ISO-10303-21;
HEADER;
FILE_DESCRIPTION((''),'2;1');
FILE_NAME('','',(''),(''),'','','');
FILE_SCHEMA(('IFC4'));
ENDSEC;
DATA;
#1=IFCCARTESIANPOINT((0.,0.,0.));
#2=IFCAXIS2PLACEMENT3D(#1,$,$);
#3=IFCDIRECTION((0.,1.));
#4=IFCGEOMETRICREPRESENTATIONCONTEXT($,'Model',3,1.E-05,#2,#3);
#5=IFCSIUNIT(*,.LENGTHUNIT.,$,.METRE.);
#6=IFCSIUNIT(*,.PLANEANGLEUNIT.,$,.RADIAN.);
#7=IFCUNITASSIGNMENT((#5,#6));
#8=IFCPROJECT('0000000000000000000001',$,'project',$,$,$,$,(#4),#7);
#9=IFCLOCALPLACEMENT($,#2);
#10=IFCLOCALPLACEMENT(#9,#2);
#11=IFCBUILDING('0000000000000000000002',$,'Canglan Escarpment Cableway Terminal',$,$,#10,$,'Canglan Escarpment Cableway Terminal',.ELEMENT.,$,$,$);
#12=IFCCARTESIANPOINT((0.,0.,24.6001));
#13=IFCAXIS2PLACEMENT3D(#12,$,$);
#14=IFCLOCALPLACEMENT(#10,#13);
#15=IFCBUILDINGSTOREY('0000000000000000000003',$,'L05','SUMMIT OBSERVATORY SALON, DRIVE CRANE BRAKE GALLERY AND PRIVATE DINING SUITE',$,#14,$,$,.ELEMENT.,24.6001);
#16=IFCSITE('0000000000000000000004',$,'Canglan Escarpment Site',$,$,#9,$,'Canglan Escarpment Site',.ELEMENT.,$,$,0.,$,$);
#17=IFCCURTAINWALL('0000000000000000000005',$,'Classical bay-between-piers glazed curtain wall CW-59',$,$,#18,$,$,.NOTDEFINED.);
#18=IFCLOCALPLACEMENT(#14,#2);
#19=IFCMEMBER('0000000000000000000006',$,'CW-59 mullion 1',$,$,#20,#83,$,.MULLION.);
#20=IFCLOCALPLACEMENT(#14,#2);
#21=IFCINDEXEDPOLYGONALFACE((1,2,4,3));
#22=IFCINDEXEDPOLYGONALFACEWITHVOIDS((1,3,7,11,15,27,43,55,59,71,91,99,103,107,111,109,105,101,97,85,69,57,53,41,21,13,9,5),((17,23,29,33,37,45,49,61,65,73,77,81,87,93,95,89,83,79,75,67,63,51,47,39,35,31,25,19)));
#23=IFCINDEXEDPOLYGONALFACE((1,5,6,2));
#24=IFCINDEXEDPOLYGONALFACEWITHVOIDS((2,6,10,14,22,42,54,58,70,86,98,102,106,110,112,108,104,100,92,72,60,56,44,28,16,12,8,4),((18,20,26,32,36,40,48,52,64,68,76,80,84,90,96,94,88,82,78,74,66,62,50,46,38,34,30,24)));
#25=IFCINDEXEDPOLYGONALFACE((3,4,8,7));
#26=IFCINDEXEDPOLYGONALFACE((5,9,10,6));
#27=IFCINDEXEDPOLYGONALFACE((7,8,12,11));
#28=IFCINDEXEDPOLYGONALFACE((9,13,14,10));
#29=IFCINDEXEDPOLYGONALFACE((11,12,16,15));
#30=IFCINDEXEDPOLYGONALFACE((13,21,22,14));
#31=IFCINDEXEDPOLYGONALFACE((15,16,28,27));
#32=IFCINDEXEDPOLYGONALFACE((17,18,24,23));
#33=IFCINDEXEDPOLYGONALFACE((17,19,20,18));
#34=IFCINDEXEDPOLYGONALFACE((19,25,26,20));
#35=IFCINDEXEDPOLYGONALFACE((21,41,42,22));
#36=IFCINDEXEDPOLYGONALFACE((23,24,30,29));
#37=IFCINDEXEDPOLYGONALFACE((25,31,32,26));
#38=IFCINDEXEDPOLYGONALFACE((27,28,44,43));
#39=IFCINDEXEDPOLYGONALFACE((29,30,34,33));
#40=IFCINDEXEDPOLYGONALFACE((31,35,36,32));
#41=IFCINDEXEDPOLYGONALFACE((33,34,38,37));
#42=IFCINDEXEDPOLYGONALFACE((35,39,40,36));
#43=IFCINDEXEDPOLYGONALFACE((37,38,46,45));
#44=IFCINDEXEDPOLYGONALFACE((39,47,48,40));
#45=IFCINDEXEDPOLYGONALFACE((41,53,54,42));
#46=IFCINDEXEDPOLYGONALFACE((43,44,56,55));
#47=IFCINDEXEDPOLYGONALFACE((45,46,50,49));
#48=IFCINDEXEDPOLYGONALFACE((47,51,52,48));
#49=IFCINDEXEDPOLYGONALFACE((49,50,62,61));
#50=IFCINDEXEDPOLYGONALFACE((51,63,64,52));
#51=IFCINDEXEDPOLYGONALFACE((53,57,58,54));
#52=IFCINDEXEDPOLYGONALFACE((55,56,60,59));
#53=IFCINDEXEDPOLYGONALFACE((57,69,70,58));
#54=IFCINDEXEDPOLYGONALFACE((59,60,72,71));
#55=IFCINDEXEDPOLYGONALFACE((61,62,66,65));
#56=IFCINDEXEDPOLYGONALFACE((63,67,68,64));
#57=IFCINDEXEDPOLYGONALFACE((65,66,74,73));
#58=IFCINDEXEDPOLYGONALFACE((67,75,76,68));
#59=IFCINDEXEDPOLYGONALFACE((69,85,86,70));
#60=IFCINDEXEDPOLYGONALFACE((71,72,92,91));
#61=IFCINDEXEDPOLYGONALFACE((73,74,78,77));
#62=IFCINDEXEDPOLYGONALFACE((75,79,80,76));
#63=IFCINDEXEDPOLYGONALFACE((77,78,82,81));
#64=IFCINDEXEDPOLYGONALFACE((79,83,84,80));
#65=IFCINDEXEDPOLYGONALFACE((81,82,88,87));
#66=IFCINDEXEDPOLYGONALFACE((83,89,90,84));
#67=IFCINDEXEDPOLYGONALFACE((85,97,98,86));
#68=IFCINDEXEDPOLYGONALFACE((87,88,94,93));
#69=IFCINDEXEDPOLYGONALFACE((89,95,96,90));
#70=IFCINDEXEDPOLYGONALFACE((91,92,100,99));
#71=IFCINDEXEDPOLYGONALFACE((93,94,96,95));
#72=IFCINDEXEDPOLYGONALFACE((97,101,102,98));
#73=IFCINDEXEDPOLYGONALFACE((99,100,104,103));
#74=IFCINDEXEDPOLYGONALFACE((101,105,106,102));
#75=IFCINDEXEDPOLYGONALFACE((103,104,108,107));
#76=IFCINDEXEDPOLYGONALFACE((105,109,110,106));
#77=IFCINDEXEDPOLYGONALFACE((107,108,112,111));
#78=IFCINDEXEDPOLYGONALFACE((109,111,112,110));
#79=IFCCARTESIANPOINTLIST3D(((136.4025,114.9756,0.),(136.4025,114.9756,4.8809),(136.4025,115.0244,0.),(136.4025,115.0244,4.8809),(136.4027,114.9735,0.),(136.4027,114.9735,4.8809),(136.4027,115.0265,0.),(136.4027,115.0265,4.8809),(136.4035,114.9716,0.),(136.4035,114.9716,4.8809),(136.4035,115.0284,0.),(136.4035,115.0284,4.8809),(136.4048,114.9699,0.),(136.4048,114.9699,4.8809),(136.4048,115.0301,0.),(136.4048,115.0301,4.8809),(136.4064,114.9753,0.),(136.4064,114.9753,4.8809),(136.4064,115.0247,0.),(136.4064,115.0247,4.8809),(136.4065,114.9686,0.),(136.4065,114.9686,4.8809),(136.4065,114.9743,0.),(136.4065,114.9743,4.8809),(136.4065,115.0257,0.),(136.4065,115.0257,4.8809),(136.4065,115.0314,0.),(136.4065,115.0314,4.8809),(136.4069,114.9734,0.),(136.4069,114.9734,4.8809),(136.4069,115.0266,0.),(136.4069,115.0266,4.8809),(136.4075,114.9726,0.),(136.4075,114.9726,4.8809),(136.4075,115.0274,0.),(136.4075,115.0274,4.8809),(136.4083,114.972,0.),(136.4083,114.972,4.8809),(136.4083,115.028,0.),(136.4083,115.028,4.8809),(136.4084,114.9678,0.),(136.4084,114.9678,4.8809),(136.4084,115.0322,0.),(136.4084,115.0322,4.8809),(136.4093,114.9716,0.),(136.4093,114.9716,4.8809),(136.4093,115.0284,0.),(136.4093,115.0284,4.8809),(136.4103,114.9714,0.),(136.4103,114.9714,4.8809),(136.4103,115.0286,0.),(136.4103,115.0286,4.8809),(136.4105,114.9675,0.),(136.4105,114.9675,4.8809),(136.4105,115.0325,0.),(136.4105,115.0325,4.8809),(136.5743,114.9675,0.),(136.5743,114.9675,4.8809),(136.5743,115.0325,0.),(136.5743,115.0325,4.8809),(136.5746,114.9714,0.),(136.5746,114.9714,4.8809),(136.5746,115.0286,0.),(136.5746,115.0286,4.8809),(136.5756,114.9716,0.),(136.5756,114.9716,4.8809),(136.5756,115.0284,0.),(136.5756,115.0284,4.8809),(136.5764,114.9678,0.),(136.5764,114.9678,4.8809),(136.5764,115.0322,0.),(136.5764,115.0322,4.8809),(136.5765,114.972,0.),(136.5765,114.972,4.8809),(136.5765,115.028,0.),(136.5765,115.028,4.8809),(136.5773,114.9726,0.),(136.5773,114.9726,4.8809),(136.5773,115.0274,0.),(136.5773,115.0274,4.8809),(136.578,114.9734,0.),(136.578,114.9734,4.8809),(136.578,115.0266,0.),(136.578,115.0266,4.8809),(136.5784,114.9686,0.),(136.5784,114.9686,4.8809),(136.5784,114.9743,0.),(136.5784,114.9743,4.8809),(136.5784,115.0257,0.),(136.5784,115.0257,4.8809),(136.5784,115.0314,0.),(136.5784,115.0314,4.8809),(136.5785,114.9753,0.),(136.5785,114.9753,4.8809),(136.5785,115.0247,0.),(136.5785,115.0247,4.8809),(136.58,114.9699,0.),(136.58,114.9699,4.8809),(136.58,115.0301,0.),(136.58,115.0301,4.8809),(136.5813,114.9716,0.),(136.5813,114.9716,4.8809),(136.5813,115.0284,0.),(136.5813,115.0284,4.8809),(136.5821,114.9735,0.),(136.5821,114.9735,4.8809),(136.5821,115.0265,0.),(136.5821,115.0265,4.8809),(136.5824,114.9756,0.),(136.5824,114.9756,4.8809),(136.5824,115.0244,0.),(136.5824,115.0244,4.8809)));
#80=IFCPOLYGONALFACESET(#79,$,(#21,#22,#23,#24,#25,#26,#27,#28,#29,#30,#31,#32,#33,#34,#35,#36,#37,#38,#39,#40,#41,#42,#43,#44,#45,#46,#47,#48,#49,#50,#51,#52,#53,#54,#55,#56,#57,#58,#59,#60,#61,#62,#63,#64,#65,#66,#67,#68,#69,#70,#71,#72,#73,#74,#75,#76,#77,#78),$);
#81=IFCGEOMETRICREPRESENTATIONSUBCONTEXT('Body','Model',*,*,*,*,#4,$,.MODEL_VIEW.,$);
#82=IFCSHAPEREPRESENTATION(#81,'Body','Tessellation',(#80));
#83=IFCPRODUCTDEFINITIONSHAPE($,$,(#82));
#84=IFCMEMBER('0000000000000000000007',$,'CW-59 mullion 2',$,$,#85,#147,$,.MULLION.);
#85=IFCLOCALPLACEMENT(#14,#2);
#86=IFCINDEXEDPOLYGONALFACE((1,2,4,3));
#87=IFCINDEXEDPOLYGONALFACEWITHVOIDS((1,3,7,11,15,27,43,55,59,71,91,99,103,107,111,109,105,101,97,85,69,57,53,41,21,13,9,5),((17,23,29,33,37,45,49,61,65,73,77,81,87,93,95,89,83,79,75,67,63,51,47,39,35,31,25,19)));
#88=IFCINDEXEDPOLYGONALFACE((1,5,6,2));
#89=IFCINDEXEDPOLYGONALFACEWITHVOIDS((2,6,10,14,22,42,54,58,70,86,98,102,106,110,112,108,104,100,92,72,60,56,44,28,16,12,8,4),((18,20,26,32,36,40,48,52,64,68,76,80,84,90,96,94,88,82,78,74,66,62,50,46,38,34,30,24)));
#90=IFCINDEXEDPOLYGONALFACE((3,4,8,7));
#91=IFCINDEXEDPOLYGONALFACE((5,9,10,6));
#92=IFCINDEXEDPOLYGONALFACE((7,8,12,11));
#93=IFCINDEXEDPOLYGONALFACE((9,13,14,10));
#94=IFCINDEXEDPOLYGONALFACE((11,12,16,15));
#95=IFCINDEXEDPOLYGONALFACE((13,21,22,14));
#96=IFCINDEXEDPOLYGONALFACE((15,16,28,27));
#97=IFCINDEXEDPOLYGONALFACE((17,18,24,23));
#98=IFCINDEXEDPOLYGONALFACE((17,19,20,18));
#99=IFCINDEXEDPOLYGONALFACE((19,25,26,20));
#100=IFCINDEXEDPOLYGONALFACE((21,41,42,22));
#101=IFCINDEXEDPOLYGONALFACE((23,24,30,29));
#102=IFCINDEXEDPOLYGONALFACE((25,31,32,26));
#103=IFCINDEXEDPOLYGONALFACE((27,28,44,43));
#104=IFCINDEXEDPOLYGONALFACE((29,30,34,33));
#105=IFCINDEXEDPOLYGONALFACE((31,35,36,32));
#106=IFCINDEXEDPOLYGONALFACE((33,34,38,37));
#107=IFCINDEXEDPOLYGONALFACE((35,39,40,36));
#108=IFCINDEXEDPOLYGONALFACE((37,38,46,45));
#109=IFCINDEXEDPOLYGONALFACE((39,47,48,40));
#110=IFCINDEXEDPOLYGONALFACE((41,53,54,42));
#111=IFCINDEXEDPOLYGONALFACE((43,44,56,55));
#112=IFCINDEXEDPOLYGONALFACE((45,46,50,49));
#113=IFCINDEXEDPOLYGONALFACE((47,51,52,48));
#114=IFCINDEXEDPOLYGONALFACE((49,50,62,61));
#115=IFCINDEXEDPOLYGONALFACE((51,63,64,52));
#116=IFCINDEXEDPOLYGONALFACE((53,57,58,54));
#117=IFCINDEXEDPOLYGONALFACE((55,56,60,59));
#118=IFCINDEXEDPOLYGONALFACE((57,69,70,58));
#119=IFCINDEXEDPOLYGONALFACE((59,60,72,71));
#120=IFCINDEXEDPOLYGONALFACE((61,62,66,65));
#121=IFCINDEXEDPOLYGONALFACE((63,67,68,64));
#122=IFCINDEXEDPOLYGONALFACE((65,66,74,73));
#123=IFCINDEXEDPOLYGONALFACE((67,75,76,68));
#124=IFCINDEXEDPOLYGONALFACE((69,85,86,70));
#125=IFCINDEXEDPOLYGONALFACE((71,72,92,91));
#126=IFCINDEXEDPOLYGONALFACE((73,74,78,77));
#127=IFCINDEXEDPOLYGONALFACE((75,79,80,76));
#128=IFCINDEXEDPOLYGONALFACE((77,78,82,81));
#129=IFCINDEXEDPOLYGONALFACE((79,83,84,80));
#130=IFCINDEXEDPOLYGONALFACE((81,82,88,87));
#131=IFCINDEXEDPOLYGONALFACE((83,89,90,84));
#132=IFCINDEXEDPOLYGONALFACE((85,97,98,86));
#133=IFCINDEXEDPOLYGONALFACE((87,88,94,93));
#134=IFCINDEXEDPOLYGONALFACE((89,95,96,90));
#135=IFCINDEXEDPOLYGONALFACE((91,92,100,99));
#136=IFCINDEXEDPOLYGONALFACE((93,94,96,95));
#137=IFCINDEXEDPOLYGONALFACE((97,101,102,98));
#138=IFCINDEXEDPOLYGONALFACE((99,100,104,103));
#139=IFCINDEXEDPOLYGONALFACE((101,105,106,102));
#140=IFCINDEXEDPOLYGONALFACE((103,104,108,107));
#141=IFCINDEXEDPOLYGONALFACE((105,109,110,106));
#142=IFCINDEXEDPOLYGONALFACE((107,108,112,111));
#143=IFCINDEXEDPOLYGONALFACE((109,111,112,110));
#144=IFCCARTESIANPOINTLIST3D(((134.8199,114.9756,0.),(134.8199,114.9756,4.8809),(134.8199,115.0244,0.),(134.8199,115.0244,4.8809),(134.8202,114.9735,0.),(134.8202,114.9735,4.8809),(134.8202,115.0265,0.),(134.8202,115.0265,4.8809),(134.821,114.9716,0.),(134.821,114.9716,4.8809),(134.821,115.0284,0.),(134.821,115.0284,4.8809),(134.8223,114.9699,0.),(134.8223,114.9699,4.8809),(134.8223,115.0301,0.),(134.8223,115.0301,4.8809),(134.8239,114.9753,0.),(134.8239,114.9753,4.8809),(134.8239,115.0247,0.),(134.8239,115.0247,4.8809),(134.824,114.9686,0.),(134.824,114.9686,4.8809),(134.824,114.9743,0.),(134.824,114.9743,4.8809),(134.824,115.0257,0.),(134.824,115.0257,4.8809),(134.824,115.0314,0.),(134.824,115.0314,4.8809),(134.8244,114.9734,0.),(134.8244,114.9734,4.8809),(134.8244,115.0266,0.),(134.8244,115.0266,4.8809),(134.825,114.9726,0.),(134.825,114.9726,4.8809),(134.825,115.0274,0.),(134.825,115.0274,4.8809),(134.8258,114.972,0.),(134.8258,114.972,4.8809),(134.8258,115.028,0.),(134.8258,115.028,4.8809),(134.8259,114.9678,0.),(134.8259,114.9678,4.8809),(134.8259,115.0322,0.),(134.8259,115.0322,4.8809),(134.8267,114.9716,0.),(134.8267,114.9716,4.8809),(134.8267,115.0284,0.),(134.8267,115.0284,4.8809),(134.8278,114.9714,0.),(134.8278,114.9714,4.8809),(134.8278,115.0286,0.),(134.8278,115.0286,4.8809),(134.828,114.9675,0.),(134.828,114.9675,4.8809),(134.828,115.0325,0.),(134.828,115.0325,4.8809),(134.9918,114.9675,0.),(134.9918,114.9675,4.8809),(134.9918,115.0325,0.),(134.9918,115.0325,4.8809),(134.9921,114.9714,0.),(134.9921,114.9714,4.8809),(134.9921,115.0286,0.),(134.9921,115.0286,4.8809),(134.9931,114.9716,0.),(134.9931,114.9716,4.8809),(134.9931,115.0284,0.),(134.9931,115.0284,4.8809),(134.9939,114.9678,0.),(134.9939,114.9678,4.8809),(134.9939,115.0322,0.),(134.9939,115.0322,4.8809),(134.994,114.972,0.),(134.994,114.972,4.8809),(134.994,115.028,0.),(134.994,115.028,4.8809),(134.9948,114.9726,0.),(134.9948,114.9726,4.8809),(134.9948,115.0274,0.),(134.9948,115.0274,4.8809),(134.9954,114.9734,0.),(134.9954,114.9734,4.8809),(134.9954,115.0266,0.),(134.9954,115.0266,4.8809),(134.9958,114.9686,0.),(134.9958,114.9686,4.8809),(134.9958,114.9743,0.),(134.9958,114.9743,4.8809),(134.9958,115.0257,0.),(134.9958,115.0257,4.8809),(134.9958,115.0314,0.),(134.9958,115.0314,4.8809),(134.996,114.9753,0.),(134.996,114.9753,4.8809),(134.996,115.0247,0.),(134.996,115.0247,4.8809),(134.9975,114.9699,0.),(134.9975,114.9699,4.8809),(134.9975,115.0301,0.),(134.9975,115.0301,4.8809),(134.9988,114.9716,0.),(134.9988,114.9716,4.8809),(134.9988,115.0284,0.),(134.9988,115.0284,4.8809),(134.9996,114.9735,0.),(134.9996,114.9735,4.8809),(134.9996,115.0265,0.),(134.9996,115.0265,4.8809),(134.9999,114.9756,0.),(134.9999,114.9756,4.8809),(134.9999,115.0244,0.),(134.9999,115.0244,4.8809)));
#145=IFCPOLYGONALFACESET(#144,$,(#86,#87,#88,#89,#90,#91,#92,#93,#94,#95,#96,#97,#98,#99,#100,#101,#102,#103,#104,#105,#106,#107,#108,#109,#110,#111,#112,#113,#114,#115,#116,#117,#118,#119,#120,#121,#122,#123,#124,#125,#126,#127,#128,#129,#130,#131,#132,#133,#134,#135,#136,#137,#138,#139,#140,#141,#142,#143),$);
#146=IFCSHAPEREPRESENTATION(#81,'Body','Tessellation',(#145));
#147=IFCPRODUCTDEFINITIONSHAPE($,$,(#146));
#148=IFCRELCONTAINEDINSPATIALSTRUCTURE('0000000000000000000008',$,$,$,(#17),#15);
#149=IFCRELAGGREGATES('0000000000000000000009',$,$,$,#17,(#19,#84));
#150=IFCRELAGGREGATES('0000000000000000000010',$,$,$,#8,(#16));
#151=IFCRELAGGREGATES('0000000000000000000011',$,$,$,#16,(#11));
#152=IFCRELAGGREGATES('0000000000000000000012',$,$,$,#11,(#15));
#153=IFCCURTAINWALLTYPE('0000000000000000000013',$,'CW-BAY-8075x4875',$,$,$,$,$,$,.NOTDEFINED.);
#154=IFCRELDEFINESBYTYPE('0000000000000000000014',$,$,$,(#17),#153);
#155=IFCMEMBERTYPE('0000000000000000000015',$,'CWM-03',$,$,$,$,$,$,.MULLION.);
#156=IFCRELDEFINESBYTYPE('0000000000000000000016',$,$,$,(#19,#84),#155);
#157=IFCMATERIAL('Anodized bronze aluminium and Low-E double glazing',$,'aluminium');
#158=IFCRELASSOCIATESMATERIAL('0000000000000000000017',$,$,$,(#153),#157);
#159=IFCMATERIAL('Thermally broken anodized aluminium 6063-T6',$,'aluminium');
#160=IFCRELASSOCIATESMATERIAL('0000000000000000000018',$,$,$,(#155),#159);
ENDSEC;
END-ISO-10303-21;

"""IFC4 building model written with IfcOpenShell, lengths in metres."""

from ifc_helpers import new_model, si_unit, direction, frame, origin, origin_2d, place, context, subcontext, project, spatial, hollow_rectangle, extrude, material, material_profile, profile_set, type_object, element, aggregate, save


model = new_model("IFC4")

# Units and contexts
model_context = context("Model", 3, precision=1e-05, world=origin(), true_north=direction((0.0, 1.0)))
body_context = subcontext(model_context, "Body", "Model", "MODEL_VIEW")
ifc_project = project(units=[si_unit("LENGTHUNIT", "METRE"), si_unit("PLANEANGLEUNIT", "RADIAN")], contexts=[model_context])

# Site, building, storey
site_placement = place(None, origin())
site = spatial("IfcSite", under=ifc_project, at=site_placement, Name="Canglan Escarpment Site", LongName="Canglan Escarpment Site", CompositionType="ELEMENT", RefElevation=0.0)
building_placement = place(site_placement, origin())
building = spatial("IfcBuilding", under=site, at=building_placement, Name="Canglan Escarpment Cableway Terminal", LongName="Canglan Escarpment Cableway Terminal", CompositionType="ELEMENT")
storey_placement = place(building_placement, frame((0.0, 0.0, 24.6001)))
storey = spatial("IfcBuildingStorey", under=building, at=storey_placement, Name="L05", Description="SUMMIT OBSERVATORY SALON, DRIVE CRANE BRAKE GALLERY AND PRIVATE DINING SUITE", CompositionType="ELEMENT", Elevation=24.6001)

# Curtain wall, members
ifc_material_1 = material(Name="Anodized bronze aluminium and Low-E double glazing", Category="aluminium")
curtain_wall_type = type_object("IfcCurtainWallType", Name="CW-BAY-8075x4875", PredefinedType="NOTDEFINED", material=ifc_material_1)
curtain_wall_placement = place(storey_placement, origin())
curtain_wall = element("IfcCurtainWall", 1, at=curtain_wall_placement, inside=storey, type_object=curtain_wall_type, Name="Classical bay-between-piers glazed curtain wall CW-59", PredefinedType="NOTDEFINED")
ifc_material_2 = material(Name="Thermally broken anodized aluminium 6063-T6", Category="aluminium")
ifc_material_profile_1 = material_profile(ifc_material_2, hollow_rectangle(XDim=0.0649, YDim=0.1799, WallThickness=0.0039, InnerFilletRadius=0.0039, OuterFilletRadius=0.0081, at=origin_2d()), Name="ALU-MULL 65x180x4")
ifc_profile_set_1 = profile_set([ifc_material_profile_1], Name="Thermally broken anodized aluminium 6063-T6")
member_type_1 = type_object("IfcMemberType", Name="CWM-03", PredefinedType="MULLION", material=ifc_profile_set_1)
member_1_placement = place(storey_placement, frame((136.4924, 115.0, 0.0), z_axis=(0.0, 0.0, 1.0), x_axis=(0.0, -1.0, 0.0)))
member_1 = element("IfcMember", 2, at=member_1_placement, type_object=member_type_1, Name="CW-59 mullion 1", PredefinedType="MULLION", context=body_context, shape_type="SweptSolid", body=[
    extrude(hollow_rectangle(XDim=0.0649, YDim=0.1799, WallThickness=0.0039, InnerFilletRadius=0.0039, OuterFilletRadius=0.0081, at=origin_2d()), origin(), (0.0, 0.0, 1.0), 4.8809),
])
member_2_placement = place(storey_placement, frame((134.9099, 115.0, 0.0), z_axis=(0.0, 0.0, 1.0), x_axis=(0.0, -1.0, 0.0)))
member_2 = element("IfcMember", 3, at=member_2_placement, type_object=member_type_1, Name="CW-59 mullion 2", PredefinedType="MULLION", context=body_context, shape_type="SweptSolid", body=[
    extrude(hollow_rectangle(XDim=0.0649, YDim=0.1799, WallThickness=0.0039, InnerFilletRadius=0.0039, OuterFilletRadius=0.0081, at=origin_2d()), origin(), (0.0, 0.0, 1.0), 4.8809),
])
aggregate(curtain_wall, [member_1, member_2])

save(model, "model.ifc")
